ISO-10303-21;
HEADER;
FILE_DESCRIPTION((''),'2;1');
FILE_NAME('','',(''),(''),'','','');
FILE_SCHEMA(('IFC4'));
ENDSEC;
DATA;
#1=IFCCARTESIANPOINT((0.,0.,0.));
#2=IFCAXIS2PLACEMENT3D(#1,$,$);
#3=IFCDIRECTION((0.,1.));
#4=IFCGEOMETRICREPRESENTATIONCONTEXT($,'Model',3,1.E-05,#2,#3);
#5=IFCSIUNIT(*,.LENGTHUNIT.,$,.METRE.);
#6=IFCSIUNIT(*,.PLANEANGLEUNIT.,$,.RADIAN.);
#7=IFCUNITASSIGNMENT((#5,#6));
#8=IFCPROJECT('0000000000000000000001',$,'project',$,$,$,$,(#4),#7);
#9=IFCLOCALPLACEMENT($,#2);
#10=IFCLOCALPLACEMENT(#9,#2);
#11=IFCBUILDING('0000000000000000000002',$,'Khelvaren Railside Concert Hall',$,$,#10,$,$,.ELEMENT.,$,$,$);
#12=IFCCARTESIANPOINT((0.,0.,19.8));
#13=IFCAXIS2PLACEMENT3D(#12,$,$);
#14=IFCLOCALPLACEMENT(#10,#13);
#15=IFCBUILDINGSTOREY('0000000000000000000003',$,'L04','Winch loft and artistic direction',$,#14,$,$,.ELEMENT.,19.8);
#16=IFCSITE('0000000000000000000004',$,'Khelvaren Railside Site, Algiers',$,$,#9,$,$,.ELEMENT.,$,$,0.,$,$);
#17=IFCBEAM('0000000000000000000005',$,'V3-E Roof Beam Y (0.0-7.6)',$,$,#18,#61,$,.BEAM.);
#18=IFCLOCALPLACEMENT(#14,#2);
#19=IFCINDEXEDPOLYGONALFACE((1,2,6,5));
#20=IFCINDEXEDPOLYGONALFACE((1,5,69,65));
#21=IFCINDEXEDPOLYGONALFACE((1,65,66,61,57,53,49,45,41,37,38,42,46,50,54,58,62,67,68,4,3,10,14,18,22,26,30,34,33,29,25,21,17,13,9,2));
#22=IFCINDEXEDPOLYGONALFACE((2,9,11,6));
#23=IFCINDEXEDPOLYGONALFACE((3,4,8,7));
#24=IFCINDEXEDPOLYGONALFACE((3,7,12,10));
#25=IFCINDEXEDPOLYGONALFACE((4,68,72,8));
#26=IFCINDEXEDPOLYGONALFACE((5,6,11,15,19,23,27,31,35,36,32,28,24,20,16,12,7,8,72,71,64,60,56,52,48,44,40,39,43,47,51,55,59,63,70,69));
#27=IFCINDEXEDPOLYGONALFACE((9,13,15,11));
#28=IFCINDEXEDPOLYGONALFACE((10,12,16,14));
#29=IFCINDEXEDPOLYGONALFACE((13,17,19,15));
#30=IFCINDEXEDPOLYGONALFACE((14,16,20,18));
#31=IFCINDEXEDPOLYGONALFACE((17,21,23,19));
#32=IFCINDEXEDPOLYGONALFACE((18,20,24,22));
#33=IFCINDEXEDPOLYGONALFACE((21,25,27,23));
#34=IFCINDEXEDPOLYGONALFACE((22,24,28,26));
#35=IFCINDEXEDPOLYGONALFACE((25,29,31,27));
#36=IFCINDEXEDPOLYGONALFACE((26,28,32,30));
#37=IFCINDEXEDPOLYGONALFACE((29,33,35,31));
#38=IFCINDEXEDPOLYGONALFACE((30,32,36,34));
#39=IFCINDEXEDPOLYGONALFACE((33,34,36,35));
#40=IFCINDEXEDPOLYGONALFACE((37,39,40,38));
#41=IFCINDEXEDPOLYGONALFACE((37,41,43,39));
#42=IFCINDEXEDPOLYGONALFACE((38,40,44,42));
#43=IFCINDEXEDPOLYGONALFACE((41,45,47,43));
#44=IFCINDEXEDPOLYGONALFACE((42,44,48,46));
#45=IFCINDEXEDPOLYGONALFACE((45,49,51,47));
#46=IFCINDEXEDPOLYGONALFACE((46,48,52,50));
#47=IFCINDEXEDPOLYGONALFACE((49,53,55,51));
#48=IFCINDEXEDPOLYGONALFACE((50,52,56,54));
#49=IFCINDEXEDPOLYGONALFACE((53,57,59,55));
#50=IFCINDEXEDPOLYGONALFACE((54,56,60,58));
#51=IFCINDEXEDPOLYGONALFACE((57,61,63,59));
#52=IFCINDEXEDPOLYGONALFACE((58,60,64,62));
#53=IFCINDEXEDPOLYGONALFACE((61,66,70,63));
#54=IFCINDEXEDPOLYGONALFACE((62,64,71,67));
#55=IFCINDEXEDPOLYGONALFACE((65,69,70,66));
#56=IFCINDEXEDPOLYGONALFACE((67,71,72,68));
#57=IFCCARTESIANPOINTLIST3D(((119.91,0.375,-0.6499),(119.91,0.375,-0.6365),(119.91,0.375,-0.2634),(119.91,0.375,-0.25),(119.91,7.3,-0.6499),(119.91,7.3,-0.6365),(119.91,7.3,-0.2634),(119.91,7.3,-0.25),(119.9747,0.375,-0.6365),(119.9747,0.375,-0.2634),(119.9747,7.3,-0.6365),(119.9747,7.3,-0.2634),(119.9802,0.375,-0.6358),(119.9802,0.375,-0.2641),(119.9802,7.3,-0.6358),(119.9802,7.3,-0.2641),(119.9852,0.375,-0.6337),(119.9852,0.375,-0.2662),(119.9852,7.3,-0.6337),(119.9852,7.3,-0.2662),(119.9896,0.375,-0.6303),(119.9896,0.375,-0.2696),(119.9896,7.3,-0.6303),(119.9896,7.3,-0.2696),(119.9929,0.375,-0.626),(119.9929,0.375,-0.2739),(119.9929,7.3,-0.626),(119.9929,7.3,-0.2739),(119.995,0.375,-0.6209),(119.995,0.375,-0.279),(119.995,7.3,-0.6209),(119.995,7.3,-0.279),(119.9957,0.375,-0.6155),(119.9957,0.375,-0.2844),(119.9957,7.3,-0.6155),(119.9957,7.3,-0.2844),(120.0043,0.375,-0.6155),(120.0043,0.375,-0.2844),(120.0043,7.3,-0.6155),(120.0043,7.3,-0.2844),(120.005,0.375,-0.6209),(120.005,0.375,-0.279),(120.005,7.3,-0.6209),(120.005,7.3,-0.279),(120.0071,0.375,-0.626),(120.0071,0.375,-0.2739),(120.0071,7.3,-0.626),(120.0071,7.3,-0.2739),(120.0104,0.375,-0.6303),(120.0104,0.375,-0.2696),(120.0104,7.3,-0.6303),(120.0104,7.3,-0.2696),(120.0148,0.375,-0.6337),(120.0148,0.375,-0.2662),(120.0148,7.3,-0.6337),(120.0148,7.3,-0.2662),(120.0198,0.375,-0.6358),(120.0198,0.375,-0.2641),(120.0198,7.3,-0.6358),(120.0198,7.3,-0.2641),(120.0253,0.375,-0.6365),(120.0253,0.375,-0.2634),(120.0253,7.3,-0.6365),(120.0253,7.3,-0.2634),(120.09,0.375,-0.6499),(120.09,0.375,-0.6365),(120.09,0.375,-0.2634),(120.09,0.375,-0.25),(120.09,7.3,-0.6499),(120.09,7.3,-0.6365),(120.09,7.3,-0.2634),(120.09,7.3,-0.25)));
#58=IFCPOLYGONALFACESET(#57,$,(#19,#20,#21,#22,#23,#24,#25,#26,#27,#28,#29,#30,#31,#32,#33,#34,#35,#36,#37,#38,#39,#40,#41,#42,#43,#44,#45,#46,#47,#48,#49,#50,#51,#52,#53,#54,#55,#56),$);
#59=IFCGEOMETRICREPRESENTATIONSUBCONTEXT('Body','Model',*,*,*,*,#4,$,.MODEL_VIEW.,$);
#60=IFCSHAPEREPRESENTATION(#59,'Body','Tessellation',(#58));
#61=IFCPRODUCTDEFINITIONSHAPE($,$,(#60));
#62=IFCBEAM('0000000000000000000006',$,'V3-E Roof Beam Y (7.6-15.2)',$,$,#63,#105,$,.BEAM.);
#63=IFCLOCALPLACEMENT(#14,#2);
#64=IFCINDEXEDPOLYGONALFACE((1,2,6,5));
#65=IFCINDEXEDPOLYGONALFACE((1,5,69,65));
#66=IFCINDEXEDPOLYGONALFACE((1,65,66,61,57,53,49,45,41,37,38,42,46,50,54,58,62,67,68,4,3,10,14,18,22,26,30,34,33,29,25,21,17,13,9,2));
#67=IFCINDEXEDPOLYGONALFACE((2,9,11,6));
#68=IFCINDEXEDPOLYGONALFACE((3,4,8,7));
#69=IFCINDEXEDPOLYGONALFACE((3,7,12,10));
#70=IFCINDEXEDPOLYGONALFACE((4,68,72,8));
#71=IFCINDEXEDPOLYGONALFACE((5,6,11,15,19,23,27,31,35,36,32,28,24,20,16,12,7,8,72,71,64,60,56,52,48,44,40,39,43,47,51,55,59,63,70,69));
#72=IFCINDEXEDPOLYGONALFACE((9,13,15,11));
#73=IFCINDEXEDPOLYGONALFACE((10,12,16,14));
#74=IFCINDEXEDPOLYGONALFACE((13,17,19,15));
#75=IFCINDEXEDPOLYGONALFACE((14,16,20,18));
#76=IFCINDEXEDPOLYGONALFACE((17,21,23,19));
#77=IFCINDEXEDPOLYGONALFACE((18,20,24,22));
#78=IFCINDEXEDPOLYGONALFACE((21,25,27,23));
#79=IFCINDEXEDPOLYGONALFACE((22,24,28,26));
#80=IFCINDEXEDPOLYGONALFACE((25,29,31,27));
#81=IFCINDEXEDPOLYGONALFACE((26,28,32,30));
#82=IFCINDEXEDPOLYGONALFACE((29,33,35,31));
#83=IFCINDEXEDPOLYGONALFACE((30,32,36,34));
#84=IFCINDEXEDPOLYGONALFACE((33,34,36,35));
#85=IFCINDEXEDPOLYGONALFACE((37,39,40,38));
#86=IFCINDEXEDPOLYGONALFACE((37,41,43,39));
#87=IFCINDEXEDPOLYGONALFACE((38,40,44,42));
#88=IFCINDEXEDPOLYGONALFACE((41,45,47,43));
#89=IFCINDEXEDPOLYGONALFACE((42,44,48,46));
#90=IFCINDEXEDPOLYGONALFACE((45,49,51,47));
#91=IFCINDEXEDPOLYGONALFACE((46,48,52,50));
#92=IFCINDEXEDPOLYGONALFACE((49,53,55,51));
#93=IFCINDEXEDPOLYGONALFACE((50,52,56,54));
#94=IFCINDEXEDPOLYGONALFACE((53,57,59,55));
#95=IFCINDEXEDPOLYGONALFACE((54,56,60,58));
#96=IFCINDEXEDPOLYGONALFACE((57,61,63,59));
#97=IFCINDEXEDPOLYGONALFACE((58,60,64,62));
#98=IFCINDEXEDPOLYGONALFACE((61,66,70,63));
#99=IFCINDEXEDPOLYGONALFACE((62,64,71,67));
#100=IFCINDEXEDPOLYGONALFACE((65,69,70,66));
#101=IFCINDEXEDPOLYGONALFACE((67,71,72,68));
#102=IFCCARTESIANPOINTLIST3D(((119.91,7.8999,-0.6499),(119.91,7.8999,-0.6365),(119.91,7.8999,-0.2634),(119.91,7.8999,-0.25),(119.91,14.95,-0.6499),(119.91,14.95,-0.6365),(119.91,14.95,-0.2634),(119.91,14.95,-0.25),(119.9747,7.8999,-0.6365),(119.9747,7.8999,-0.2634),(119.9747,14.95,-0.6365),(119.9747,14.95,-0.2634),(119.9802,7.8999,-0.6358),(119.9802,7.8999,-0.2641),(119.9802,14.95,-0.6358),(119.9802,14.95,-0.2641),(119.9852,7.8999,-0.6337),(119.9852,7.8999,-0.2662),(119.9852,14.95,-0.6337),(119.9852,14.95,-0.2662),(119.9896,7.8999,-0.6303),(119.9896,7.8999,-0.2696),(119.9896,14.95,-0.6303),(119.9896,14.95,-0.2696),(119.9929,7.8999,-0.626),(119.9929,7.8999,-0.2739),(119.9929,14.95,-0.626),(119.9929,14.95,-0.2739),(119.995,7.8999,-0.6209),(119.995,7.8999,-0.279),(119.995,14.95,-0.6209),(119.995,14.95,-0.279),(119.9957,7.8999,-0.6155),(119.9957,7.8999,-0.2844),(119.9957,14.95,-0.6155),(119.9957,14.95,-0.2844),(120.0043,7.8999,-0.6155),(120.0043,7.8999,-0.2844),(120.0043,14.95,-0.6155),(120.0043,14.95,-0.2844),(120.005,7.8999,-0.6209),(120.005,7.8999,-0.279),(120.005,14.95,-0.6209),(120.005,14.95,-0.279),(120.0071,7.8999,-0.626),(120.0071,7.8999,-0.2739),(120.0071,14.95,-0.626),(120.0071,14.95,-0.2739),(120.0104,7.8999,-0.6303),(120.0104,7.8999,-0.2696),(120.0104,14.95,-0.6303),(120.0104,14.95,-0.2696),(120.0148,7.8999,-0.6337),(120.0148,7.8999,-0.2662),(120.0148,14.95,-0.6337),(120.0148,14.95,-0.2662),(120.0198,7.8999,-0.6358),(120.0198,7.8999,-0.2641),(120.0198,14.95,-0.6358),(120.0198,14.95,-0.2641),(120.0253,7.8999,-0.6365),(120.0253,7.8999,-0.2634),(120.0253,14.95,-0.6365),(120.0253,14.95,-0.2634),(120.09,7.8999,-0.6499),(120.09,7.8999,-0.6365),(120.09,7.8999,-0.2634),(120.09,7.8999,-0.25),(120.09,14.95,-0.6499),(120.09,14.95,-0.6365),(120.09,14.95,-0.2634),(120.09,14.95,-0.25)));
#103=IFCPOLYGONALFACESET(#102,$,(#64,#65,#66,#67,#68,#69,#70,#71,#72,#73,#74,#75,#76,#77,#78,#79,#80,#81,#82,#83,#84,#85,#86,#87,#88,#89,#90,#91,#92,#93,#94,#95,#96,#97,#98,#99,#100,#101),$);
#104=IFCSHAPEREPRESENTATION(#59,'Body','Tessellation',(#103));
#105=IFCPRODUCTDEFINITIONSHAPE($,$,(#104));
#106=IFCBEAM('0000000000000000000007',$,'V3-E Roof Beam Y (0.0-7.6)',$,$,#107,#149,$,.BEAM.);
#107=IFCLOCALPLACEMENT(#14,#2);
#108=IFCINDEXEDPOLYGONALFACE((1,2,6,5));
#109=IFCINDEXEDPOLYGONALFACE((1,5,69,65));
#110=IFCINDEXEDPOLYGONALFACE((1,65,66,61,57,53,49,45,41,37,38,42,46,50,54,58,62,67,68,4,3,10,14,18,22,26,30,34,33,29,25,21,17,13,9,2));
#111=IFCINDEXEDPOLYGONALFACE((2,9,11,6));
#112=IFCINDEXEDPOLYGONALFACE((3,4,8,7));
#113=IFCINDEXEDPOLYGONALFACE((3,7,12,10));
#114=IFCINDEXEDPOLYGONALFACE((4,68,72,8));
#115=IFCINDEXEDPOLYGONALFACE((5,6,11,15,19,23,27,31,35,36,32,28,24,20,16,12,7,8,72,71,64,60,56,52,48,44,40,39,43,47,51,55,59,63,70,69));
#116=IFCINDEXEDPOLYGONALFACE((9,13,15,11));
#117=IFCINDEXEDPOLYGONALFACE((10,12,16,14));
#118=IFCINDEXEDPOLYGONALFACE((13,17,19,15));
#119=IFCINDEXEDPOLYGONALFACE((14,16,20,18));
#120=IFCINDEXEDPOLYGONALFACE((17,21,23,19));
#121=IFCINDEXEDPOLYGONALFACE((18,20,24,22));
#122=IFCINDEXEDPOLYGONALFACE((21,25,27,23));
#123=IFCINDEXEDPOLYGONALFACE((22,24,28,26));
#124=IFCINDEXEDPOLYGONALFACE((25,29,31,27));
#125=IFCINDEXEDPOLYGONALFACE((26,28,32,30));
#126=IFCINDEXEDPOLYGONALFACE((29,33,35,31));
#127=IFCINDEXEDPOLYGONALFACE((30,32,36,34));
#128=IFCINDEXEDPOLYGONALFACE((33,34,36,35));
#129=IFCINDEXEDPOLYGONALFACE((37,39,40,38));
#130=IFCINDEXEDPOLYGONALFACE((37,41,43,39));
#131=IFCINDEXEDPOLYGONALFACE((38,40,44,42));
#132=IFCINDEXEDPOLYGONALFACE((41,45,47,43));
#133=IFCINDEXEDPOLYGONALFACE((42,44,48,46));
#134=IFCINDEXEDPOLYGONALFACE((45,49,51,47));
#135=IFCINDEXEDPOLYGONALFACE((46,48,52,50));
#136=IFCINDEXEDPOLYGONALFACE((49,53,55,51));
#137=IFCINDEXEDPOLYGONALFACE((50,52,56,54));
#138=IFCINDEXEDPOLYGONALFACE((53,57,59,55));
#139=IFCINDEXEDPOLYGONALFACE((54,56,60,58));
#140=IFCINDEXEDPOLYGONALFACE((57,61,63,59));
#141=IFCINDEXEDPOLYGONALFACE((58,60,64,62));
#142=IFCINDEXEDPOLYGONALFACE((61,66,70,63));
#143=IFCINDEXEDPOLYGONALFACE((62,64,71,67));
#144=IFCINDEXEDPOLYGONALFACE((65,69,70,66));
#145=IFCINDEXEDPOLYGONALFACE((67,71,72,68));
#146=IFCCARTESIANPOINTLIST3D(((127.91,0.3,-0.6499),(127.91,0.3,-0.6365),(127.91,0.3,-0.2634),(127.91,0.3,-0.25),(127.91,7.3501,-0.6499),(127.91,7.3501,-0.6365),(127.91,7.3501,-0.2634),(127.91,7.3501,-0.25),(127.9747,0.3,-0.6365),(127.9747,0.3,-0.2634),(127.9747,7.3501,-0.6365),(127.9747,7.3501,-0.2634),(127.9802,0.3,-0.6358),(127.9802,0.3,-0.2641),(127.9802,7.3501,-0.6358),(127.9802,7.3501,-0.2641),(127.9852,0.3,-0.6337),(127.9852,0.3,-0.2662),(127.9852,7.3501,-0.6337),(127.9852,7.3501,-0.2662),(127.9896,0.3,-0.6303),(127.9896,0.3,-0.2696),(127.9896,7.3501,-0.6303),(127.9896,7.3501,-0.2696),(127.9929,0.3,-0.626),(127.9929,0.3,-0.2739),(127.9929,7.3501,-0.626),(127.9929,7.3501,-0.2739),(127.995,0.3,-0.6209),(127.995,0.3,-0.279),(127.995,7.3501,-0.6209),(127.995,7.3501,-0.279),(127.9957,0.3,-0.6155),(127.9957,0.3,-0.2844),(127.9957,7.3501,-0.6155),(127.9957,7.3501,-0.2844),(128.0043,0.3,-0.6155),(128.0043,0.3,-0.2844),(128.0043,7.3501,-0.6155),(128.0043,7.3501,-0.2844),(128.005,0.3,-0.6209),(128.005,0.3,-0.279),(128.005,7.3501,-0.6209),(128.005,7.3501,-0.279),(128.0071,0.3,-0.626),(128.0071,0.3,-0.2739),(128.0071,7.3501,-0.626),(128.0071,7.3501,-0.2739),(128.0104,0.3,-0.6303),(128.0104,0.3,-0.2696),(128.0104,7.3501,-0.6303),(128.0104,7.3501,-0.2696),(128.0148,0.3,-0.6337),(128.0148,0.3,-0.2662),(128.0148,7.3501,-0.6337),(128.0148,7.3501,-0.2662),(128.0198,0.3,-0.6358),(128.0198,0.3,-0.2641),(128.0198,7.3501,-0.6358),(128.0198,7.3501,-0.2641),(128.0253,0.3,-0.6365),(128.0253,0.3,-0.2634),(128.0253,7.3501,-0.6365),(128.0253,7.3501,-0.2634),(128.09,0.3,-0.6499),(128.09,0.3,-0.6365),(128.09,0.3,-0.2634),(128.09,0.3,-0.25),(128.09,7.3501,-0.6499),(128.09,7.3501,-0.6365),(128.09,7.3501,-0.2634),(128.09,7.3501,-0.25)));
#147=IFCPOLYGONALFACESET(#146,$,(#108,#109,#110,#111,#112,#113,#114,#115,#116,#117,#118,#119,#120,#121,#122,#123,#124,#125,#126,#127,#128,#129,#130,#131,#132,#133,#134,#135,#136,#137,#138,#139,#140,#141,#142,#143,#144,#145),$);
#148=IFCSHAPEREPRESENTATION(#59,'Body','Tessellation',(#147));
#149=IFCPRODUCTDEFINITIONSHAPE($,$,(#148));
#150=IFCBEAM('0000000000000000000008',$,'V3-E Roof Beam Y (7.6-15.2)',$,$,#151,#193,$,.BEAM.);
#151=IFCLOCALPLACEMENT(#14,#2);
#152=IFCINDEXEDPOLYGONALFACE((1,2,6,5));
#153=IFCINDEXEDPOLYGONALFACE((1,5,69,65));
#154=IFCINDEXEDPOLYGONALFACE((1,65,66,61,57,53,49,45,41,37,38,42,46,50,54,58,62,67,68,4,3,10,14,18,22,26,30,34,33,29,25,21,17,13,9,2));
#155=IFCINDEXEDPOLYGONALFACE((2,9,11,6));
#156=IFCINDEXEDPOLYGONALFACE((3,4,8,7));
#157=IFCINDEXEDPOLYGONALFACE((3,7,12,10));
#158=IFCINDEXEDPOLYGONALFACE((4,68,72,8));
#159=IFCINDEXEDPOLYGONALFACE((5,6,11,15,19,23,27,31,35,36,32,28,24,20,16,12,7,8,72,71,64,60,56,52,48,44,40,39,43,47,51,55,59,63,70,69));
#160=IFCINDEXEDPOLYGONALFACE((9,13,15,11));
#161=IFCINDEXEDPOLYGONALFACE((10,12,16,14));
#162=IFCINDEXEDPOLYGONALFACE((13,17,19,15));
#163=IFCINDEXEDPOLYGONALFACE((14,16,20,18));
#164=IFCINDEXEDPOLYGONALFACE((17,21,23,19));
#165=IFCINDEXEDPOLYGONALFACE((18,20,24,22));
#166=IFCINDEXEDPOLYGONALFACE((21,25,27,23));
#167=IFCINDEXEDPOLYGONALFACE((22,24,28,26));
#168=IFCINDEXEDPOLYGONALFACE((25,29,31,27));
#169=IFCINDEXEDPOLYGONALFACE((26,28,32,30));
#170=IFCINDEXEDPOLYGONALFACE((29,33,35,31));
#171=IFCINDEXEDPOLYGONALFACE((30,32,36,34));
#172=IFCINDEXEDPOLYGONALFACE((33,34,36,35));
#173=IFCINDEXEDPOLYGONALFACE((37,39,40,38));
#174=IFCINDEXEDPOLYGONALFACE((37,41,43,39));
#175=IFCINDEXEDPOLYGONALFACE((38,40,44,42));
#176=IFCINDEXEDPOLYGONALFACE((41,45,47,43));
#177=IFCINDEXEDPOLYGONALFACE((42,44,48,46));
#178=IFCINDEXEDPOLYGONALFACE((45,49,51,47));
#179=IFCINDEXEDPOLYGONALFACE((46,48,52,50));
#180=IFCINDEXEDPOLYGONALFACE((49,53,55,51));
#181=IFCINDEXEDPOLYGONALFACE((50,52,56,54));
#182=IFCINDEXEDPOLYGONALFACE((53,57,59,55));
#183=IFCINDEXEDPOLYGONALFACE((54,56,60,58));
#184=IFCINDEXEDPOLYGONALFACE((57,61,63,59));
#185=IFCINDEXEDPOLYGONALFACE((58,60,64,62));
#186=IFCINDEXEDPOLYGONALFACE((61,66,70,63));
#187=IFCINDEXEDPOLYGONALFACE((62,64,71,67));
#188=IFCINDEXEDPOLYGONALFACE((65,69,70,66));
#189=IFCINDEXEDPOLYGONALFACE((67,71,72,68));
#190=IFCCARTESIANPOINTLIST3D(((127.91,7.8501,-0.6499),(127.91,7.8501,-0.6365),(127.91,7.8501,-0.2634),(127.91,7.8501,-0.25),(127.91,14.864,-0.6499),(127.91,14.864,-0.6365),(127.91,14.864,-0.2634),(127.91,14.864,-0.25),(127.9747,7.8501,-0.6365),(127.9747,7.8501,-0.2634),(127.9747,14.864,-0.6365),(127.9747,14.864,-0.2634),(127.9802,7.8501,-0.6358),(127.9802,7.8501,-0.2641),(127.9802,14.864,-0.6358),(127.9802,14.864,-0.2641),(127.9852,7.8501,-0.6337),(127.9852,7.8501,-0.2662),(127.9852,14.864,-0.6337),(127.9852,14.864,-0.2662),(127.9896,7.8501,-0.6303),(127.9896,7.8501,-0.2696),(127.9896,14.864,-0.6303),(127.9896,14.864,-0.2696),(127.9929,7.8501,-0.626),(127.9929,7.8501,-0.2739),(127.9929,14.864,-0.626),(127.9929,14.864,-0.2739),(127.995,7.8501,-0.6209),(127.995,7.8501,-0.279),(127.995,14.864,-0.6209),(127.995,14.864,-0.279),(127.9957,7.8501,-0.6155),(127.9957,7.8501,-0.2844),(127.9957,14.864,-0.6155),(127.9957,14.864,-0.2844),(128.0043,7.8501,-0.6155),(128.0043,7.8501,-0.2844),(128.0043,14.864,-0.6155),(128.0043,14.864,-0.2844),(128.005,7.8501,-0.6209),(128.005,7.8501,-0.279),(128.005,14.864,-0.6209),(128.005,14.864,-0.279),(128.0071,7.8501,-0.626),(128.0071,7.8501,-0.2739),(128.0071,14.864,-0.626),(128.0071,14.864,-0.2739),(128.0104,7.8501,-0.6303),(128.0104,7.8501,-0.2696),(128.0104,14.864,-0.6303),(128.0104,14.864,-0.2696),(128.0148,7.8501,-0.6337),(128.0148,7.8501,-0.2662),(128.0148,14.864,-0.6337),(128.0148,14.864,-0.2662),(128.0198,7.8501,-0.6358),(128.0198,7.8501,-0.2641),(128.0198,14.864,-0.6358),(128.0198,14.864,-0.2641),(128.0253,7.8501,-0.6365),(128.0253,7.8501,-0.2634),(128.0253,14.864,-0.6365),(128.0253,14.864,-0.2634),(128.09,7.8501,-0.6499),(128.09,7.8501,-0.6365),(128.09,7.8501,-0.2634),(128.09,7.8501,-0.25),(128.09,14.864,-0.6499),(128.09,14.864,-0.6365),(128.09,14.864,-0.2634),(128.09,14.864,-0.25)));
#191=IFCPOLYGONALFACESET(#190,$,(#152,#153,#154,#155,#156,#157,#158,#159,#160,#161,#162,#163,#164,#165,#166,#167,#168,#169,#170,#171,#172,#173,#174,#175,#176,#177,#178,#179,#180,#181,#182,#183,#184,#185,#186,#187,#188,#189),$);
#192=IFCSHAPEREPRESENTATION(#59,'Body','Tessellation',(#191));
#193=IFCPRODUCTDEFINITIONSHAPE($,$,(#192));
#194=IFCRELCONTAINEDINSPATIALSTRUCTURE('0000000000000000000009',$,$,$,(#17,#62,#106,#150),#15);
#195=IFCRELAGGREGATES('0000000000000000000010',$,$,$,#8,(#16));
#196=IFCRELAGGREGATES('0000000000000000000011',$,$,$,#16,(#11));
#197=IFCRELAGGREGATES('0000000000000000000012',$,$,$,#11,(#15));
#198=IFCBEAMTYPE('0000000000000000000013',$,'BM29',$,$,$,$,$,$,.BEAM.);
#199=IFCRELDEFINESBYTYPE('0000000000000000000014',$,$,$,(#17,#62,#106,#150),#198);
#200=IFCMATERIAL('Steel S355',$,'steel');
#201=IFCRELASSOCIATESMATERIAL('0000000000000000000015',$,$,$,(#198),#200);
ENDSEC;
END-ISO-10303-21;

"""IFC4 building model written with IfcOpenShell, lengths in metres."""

from ifc_helpers import new_model, si_unit, direction, frame, origin, origin_2d, place, context, subcontext, project, spatial, i_section, extrude, material, material_profile, profile_set, type_object, element, save


model = new_model("IFC4")

# Units and contexts
model_context = context("Model", 3, precision=1e-05, world=origin(), true_north=direction((0.0, 1.0)))
body_context = subcontext(model_context, "Body", "Model", "MODEL_VIEW")
ifc_project = project(units=[si_unit("LENGTHUNIT", "METRE"), si_unit("PLANEANGLEUNIT", "RADIAN")], contexts=[model_context])

# Site, building, storey
site_placement = place(None, origin())
site = spatial("IfcSite", under=ifc_project, at=site_placement, Name="Khelvaren Railside Site, Algiers", CompositionType="ELEMENT", RefElevation=0.0)
building_placement = place(site_placement, origin())
building = spatial("IfcBuilding", under=site, at=building_placement, Name="Khelvaren Railside Concert Hall", CompositionType="ELEMENT")
storey_placement = place(building_placement, frame((0.0, 0.0, 19.8)))
storey = spatial("IfcBuildingStorey", under=building, at=storey_placement, Name="L04", Description="Winch loft and artistic direction", CompositionType="ELEMENT", Elevation=19.8)

# Beams
ifc_material_1 = material(Name="Steel S355", Category="steel")
ifc_material_profile = material_profile(ifc_material_1, i_section(OverallWidth=0.1799, OverallDepth=0.3999, WebThickness=0.0085, FlangeThickness=0.0134, FilletRadius=0.021, at=origin_2d()), Name="IPE 400")
ifc_profile_set = profile_set([ifc_material_profile], Name="Steel S355")
beam_type = type_object("IfcBeamType", Name="BM29", PredefinedType="BEAM", material=ifc_profile_set)
beam_1_placement = place(storey_placement, frame((120.0, 0.375, -0.45), z_axis=(0.0, 1.0, 0.0), x_axis=(-1.0, 0.0, 0.0)))
element("IfcBeam", 1, at=beam_1_placement, inside=storey, type_object=beam_type, Name="V3-E Roof Beam Y (0.0-7.6)", PredefinedType="BEAM", context=body_context, shape_type="SweptSolid", body=[
    extrude(i_section(OverallWidth=0.1799, OverallDepth=0.3999, WebThickness=0.0085, FlangeThickness=0.0134, FilletRadius=0.021, at=origin_2d()), origin(), (0.0, 0.0, 1.0), 6.925),
])
for number, where, z_axis, x_axis, name in (
    (2, (120.0, 7.8999, -0.45), (0.0, 1.0, 0.0), (-1.0, 0.0, 0.0), "V3-E Roof Beam Y (7.6-15.2)"),
    (3, (128.0, 0.3, -0.45), (0.0, 1.0, 0.0), (-1.0, 0.0, 0.0), "V3-E Roof Beam Y (0.0-7.6)"),
):
    element("IfcBeam", number, at=place(storey_placement, frame(where, z_axis=z_axis, x_axis=x_axis)), inside=storey, type_object=beam_type, Name=name, PredefinedType="BEAM", context=body_context, shape_type="SweptSolid", body=[
        extrude(i_section(OverallWidth=0.1799, OverallDepth=0.3999, WebThickness=0.0085, FlangeThickness=0.0134, FilletRadius=0.021, at=origin_2d()), origin(), (0.0, 0.0, 1.0), 7.05),
    ])
for number, where, z_axis, x_axis, name in (
    (4, (128.0, 7.8501, -0.45), (0.0, 1.0, 0.0), (-1.0, 0.0, 0.0), "V3-E Roof Beam Y (7.6-15.2)"),
):
    element("IfcBeam", number, at=place(storey_placement, frame(where, z_axis=z_axis, x_axis=x_axis)), inside=storey, type_object=beam_type, Name=name, PredefinedType="BEAM", context=body_context, shape_type="SweptSolid", body=[
        extrude(i_section(OverallWidth=0.1799, OverallDepth=0.3999, WebThickness=0.0085, FlangeThickness=0.0134, FilletRadius=0.021, at=origin_2d()), origin(), (0.0, 0.0, 1.0), 7.0139),
    ])

save(model, "model.ifc")
